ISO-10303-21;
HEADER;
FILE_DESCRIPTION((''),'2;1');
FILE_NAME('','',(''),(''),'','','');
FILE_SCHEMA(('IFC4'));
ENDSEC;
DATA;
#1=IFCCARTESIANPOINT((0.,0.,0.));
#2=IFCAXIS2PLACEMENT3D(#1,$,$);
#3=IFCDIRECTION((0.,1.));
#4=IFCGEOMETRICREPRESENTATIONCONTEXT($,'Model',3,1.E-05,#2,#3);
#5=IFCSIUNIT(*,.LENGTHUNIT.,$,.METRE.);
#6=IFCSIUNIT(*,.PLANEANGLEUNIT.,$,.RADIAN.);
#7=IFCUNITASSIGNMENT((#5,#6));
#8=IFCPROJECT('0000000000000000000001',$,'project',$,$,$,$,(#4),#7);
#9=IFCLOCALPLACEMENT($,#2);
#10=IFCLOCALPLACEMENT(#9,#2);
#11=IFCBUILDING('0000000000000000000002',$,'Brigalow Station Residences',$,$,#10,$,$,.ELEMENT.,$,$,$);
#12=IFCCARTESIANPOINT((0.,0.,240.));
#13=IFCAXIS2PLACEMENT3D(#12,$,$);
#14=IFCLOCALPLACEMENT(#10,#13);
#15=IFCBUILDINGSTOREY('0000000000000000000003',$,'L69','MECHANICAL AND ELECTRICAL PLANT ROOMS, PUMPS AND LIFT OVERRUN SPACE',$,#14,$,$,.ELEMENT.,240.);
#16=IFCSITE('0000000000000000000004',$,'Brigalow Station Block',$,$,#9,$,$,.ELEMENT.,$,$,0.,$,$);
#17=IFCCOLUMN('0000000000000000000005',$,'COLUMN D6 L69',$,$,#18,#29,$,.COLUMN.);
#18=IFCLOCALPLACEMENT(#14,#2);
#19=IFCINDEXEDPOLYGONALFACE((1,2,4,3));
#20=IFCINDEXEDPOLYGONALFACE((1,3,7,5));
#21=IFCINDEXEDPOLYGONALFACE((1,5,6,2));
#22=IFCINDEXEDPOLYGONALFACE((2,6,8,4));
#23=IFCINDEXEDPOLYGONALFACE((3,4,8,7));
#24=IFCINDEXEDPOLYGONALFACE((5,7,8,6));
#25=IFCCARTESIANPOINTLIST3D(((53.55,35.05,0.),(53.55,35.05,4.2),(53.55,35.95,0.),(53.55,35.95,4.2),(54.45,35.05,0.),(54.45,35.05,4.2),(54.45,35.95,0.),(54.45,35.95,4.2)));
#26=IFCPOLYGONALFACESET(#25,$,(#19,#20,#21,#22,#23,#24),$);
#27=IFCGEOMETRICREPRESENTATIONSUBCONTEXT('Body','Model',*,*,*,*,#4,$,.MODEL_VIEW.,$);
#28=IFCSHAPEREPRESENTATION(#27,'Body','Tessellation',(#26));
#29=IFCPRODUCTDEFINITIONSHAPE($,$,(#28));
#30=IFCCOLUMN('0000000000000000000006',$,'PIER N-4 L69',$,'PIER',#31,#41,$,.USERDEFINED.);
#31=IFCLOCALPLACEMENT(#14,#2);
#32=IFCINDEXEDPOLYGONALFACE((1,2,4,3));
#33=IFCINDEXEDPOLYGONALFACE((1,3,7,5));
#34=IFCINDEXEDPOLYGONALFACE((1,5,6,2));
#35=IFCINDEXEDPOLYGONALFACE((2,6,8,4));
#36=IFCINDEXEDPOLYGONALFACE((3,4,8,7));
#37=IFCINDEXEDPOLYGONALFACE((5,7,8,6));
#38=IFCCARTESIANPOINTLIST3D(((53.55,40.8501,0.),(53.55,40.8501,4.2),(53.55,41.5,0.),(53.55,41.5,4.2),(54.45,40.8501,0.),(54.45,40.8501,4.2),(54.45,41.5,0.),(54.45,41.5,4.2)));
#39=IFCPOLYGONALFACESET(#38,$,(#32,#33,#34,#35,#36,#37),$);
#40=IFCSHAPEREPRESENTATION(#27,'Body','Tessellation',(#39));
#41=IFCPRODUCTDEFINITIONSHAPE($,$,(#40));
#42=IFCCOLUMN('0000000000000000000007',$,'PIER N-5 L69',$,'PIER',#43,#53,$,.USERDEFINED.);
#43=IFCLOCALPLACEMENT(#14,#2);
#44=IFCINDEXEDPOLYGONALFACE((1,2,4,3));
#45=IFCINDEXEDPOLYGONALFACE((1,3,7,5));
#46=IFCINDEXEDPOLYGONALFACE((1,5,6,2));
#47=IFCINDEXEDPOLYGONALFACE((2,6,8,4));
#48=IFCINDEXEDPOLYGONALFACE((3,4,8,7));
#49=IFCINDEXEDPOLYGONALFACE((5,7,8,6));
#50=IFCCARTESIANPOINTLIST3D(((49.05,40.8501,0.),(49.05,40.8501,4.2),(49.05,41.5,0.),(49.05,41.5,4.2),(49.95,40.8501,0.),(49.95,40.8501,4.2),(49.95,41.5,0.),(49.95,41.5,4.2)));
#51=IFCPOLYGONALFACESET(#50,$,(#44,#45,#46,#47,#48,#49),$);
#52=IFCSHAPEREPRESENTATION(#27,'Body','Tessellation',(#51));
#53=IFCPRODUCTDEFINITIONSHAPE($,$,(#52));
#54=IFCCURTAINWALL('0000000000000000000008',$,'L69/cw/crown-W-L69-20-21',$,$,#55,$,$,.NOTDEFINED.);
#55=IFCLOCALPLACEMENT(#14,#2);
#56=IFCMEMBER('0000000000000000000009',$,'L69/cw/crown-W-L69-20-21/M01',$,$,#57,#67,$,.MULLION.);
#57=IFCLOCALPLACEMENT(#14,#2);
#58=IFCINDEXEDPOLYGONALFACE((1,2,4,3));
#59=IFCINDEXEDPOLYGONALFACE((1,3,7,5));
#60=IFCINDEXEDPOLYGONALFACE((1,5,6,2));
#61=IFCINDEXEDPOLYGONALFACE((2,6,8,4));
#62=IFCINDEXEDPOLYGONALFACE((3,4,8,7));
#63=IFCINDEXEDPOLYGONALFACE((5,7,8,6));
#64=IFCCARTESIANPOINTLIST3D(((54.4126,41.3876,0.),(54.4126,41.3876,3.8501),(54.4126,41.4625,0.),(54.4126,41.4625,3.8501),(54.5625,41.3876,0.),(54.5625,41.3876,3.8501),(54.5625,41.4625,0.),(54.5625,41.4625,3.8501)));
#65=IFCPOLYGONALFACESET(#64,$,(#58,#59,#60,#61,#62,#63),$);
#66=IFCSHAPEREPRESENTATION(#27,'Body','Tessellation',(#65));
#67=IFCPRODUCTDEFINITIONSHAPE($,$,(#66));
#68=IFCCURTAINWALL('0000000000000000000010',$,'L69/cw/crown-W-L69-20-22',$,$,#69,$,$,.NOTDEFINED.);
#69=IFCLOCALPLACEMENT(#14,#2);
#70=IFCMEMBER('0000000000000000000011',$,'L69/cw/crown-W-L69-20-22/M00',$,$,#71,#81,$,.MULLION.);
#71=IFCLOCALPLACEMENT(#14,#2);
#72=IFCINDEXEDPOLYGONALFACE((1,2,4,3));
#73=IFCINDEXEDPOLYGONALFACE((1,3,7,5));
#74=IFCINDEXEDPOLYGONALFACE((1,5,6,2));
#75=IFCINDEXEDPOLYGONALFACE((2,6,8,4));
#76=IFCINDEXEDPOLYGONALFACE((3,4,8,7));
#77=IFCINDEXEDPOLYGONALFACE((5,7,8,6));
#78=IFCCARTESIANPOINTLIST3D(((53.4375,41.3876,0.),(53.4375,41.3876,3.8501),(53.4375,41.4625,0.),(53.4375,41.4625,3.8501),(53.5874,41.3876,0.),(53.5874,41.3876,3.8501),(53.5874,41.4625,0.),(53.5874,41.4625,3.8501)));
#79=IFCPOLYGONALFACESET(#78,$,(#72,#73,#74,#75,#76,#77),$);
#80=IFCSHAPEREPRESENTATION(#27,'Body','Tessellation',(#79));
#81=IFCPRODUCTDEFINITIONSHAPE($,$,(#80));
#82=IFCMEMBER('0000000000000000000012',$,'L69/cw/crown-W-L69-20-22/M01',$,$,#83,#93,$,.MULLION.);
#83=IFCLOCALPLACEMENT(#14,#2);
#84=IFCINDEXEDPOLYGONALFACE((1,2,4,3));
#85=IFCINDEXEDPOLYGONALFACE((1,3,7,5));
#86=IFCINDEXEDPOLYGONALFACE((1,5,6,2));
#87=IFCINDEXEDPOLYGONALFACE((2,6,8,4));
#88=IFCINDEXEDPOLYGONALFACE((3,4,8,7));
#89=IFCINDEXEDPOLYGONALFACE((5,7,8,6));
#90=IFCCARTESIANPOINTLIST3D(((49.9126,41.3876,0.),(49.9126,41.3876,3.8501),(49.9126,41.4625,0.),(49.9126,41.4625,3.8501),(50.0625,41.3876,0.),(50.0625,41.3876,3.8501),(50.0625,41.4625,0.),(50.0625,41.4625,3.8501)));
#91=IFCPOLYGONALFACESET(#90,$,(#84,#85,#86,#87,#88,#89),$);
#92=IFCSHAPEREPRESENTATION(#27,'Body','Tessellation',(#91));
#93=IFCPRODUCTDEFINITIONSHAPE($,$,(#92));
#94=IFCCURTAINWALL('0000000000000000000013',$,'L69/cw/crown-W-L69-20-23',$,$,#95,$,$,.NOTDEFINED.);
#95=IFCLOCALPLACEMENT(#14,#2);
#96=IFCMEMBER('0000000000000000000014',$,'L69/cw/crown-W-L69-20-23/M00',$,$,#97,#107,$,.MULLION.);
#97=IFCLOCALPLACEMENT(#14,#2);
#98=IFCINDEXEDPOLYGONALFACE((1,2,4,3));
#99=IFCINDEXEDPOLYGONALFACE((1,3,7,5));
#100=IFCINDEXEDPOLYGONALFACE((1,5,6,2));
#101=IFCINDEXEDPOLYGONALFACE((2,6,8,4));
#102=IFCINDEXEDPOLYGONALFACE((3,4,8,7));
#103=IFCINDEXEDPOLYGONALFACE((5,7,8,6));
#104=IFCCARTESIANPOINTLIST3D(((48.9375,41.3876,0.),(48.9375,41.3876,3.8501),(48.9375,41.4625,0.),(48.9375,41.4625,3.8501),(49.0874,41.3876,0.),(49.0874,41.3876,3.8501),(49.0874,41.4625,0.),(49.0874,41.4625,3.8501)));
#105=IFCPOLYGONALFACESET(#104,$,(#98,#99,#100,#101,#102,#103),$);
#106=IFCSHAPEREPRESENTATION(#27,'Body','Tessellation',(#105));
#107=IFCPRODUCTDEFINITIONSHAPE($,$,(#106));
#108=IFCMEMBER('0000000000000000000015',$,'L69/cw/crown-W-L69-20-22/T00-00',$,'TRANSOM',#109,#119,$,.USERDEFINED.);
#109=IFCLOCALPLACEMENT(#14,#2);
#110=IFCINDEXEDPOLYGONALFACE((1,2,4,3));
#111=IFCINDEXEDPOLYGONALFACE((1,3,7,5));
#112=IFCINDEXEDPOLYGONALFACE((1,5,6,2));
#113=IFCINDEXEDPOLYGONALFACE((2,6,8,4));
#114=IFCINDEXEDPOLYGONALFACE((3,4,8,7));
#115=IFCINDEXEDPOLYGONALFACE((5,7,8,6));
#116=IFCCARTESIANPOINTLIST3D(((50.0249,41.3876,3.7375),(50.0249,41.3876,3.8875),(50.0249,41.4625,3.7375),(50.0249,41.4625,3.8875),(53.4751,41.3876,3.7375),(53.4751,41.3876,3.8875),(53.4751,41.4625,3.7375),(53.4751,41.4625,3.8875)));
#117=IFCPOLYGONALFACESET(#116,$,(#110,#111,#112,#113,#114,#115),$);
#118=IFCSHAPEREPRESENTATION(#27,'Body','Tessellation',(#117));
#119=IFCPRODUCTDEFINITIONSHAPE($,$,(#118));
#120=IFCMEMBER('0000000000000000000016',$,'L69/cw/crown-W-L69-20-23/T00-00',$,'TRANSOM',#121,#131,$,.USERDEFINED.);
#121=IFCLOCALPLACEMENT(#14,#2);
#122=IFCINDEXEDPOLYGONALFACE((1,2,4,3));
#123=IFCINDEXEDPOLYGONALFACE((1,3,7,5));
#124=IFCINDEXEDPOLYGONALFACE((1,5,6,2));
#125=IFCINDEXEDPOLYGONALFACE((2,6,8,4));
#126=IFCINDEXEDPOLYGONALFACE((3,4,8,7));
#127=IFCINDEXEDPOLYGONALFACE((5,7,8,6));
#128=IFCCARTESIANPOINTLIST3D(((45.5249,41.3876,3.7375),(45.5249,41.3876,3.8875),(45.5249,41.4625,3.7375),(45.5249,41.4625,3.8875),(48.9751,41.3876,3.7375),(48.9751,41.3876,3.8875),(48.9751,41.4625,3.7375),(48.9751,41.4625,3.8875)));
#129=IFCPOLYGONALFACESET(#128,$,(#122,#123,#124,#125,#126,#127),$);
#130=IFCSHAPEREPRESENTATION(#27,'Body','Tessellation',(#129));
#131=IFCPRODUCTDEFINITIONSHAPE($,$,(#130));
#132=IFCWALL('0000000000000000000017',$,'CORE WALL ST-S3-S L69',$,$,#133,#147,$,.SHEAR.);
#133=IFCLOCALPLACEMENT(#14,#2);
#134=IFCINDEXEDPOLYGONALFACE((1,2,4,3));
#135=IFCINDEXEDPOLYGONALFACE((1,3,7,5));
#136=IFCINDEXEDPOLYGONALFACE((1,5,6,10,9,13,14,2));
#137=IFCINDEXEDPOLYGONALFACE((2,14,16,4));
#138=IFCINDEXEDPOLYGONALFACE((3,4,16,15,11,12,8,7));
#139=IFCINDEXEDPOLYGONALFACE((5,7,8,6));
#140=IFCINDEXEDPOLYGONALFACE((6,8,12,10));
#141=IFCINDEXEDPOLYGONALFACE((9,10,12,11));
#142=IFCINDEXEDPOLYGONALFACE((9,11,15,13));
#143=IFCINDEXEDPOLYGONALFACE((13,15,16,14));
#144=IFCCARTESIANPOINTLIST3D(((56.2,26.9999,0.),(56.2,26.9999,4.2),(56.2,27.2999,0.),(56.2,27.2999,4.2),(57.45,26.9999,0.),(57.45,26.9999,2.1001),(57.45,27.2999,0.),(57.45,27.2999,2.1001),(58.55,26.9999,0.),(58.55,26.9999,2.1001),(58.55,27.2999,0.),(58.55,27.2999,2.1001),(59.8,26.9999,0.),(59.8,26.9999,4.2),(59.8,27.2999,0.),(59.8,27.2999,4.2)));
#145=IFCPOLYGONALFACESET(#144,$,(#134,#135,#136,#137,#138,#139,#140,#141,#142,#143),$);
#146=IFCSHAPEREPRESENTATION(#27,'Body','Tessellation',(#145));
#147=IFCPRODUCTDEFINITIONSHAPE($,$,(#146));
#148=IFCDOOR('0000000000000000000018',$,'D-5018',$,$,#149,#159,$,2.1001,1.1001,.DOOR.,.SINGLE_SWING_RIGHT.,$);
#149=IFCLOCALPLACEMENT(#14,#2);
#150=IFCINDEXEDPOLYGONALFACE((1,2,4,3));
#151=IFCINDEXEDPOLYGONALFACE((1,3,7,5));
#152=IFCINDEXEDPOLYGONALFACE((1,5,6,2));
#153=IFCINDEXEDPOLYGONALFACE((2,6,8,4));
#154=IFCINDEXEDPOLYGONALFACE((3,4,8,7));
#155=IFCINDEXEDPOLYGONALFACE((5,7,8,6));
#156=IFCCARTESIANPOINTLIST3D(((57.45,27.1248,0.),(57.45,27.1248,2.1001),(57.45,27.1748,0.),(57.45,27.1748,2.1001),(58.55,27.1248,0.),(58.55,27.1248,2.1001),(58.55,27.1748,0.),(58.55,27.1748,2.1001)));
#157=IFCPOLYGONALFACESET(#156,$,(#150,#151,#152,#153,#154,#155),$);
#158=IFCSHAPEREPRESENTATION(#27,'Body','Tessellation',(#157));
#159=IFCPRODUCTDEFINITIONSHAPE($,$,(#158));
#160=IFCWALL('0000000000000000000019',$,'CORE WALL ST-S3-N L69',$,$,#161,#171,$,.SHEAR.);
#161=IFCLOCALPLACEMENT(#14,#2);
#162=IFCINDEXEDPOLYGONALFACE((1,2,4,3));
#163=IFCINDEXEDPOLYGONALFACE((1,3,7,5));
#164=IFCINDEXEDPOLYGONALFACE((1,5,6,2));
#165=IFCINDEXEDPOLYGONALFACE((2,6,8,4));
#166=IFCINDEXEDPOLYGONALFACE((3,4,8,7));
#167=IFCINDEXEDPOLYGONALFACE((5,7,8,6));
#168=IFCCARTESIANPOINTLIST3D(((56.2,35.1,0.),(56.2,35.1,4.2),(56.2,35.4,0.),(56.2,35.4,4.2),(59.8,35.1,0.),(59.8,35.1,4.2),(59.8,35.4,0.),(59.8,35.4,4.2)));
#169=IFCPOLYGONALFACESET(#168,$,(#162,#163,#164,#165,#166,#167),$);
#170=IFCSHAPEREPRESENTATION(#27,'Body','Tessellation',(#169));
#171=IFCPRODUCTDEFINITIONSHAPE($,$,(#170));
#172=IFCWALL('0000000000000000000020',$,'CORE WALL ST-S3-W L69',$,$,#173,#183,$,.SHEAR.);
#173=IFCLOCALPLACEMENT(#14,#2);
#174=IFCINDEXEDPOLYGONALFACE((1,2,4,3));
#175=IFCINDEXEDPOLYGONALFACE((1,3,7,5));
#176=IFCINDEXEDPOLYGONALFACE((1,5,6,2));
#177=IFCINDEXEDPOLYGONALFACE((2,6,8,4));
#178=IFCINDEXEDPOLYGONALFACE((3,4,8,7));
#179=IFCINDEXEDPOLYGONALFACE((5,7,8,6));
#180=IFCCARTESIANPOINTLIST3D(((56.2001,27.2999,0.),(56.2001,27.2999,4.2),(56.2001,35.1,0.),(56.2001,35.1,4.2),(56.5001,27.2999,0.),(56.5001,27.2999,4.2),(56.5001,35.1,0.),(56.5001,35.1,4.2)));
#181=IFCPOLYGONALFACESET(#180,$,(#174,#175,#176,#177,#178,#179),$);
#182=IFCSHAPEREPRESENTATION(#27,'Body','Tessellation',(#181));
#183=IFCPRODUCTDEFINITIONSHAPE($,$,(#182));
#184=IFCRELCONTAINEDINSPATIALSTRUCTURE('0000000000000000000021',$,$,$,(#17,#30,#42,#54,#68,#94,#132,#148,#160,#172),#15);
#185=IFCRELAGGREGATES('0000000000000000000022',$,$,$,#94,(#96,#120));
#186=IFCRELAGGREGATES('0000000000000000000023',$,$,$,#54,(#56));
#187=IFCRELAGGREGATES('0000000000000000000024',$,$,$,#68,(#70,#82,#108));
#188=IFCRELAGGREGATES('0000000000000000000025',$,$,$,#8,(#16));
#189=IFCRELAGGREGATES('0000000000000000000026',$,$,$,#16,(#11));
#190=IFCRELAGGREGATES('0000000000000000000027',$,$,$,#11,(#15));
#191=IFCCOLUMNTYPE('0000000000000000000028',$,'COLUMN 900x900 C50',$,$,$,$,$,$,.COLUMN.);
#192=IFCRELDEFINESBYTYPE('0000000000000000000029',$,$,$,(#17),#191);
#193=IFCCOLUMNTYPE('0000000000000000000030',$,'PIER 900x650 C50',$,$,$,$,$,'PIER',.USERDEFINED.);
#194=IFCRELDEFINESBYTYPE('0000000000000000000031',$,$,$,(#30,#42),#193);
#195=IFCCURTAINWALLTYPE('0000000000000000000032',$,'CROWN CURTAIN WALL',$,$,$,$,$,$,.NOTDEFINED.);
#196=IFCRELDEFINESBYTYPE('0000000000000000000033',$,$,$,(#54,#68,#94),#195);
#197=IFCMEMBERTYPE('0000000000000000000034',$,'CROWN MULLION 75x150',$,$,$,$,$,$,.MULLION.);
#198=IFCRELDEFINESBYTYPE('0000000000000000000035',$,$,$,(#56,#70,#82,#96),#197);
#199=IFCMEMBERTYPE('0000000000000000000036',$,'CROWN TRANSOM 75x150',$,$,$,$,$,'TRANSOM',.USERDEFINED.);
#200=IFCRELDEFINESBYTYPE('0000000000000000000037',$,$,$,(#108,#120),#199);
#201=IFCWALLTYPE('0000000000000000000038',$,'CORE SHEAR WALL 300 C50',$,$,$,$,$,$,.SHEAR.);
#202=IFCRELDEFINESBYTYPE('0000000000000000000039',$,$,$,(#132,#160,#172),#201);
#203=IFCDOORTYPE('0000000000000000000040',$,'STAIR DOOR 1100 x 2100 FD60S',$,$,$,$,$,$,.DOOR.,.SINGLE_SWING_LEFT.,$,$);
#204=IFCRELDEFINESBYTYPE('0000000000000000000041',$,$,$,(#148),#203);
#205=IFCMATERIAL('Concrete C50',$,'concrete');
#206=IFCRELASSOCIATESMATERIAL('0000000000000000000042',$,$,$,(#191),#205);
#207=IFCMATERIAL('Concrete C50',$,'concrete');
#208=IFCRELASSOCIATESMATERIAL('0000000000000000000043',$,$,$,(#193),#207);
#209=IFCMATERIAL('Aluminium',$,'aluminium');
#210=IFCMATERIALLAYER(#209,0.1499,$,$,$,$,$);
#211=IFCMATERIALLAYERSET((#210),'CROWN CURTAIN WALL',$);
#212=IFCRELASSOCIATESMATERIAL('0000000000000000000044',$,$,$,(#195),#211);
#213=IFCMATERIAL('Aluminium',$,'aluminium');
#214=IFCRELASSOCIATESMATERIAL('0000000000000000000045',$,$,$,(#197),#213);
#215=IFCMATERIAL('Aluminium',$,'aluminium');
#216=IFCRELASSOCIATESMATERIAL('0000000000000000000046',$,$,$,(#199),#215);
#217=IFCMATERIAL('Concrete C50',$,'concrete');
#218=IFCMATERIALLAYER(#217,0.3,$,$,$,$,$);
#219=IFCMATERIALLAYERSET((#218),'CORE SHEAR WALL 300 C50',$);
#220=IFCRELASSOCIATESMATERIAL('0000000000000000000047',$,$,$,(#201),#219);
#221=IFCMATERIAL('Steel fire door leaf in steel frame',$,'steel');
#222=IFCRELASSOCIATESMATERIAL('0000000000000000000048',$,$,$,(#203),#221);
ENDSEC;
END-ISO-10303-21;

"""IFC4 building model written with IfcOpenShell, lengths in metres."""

from ifc_helpers import new_model, si_unit, direction, frame, frame_2d, origin, origin_2d, place, context, subcontext, project, spatial, rectangle, extrude, material, layer, layer_set, material_profile, profile_set, type_object, element, fill, aggregate, save


model = new_model("IFC4")

# Units and contexts
model_context = context("Model", 3, precision=1e-05, world=origin(), true_north=direction((0.0, 1.0)))
body_context = subcontext(model_context, "Body", "Model", "MODEL_VIEW")
ifc_project = project(units=[si_unit("LENGTHUNIT", "METRE"), si_unit("PLANEANGLEUNIT", "RADIAN")], contexts=[model_context])

# Site, building, storey
site_placement = place(None, origin())
site = spatial("IfcSite", under=ifc_project, at=site_placement, Name="Brigalow Station Block", CompositionType="ELEMENT", RefElevation=0.0)
building_placement = place(site_placement, origin())
building = spatial("IfcBuilding", under=site, at=building_placement, Name="Brigalow Station Residences", CompositionType="ELEMENT")
storey_placement = place(building_placement, frame((0.0, 0.0, 240.0)))
storey = spatial("IfcBuildingStorey", under=building, at=storey_placement, Name="L69", Description="MECHANICAL AND ELECTRICAL PLANT ROOMS, PUMPS AND LIFT OVERRUN SPACE", CompositionType="ELEMENT", Elevation=240.0)

# Columns
ifc_material_1 = material(Name="Concrete C50", Category="concrete")
ifc_material_profile_1 = material_profile(ifc_material_1, rectangle(XDim=0.8999, YDim=0.8999, at=origin_2d()), Name="RC900x900")
ifc_profile_set_1 = profile_set([ifc_material_profile_1], Name="Concrete C50")
column_type_1 = type_object("IfcColumnType", Name="COLUMN 900x900 C50", PredefinedType="COLUMN", material=ifc_profile_set_1)
column_placement = place(storey_placement, frame((54.0, 35.5, 0.0), z_axis=(0.0, 0.0, 1.0), x_axis=(1.0, 0.0, 0.0)))
element("IfcColumn", 1, at=column_placement, inside=storey, type_object=column_type_1, Name="COLUMN D6 L69", PredefinedType="COLUMN", context=body_context, shape_type="SweptSolid", body=[
    extrude(rectangle(XDim=0.8999, YDim=0.8999, at=origin_2d()), origin(), (0.0, 0.0, 1.0), 4.2),
])
ifc_material_2 = material(Name="Concrete C50", Category="concrete")
ifc_material_profile_2 = material_profile(ifc_material_2, rectangle(XDim=0.8999, YDim=0.6499, at=origin_2d()), Name="RC900x650")
ifc_profile_set_2 = profile_set([ifc_material_profile_2], Name="Concrete C50")
column_type_2 = type_object("IfcColumnType", Name="PIER 900x650 C50", ElementType="PIER", PredefinedType="USERDEFINED", material=ifc_profile_set_2)
for number, where, z_axis, x_axis, name in (
    (2, (54.0, 41.175, 0.0), (0.0, 0.0, 1.0), (-1.0, 0.0, 0.0), "PIER N-4 L69"),
    (3, (49.5, 41.175, 0.0), (0.0, 0.0, 1.0), (-1.0, 0.0, 0.0), "PIER N-5 L69"),
):
    element("IfcColumn", number, at=place(storey_placement, frame(where, z_axis=z_axis, x_axis=x_axis)), inside=storey, type_object=column_type_2, Name=name, ObjectType="PIER", PredefinedType="USERDEFINED", context=body_context, shape_type="SweptSolid", body=[
        extrude(rectangle(XDim=0.8999, YDim=0.6499, at=origin_2d()), origin(), (0.0, 0.0, 1.0), 4.2),
    ])

# Curtain wall, member
ifc_material_3 = material(Name="Aluminium", Category="aluminium")
ifc_layer_1 = layer(ifc_material_3, 0.1499)
ifc_layer_set_1 = layer_set([ifc_layer_1], Name="CROWN CURTAIN WALL")
curtain_wall_type = type_object("IfcCurtainWallType", Name="CROWN CURTAIN WALL", PredefinedType="NOTDEFINED", material=ifc_layer_set_1)
curtain_wall_1_placement = place(storey_placement, origin())
curtain_wall_1 = element("IfcCurtainWall", 4, at=curtain_wall_1_placement, inside=storey, type_object=curtain_wall_type, Name="L69/cw/crown-W-L69-20-21", PredefinedType="NOTDEFINED")
ifc_material_4 = material(Name="Aluminium", Category="aluminium")
ifc_material_profile_3 = material_profile(ifc_material_4, rectangle(XDim=0.075, YDim=0.1499, at=origin_2d()), Name="CROWN MULLION 75x150")
ifc_profile_set_3 = profile_set([ifc_material_profile_3], Name="Aluminium")
member_type_1 = type_object("IfcMemberType", Name="CROWN MULLION 75x150", PredefinedType="MULLION", material=ifc_profile_set_3)
member_1_placement = place(storey_placement, frame((54.4875, 41.425, 0.0), z_axis=(0.0, 0.0, 1.0), x_axis=(0.0, -1.0, 0.0)))
member_1 = element("IfcMember", 5, at=member_1_placement, type_object=member_type_1, Name="L69/cw/crown-W-L69-20-21/M01", PredefinedType="MULLION", context=body_context, shape_type="SweptSolid", body=[
    extrude(rectangle(XDim=0.075, YDim=0.1499, at=origin_2d()), origin(), (0.0, 0.0, 1.0), 3.8501),
])

# Curtain wall, members
curtain_wall_2_placement = place(storey_placement, origin())
curtain_wall_2 = element("IfcCurtainWall", 6, at=curtain_wall_2_placement, inside=storey, type_object=curtain_wall_type, Name="L69/cw/crown-W-L69-20-22", PredefinedType="NOTDEFINED")
member_2_placement = place(storey_placement, frame((53.5125, 41.425, 0.0), z_axis=(0.0, 0.0, 1.0), x_axis=(0.0, -1.0, 0.0)))
member_2 = element("IfcMember", 7, at=member_2_placement, type_object=member_type_1, Name="L69/cw/crown-W-L69-20-22/M00", PredefinedType="MULLION", context=body_context, shape_type="SweptSolid", body=[
    extrude(rectangle(XDim=0.075, YDim=0.1499, at=origin_2d()), origin(), (0.0, 0.0, 1.0), 3.8501),
])
member_3_placement = place(storey_placement, frame((49.9875, 41.425, 0.0), z_axis=(0.0, 0.0, 1.0), x_axis=(0.0, -1.0, 0.0)))
member_3 = element("IfcMember", 8, at=member_3_placement, type_object=member_type_1, Name="L69/cw/crown-W-L69-20-22/M01", PredefinedType="MULLION", context=body_context, shape_type="SweptSolid", body=[
    extrude(rectangle(XDim=0.075, YDim=0.1499, at=origin_2d()), origin(), (0.0, 0.0, 1.0), 3.8501),
])

# Curtain wall, member
curtain_wall_3_placement = place(storey_placement, origin())
curtain_wall_3 = element("IfcCurtainWall", 9, at=curtain_wall_3_placement, inside=storey, type_object=curtain_wall_type, Name="L69/cw/crown-W-L69-20-23", PredefinedType="NOTDEFINED")
member_4_placement = place(storey_placement, frame((49.0125, 41.425, 0.0), z_axis=(0.0, 0.0, 1.0), x_axis=(0.0, -1.0, 0.0)))
member_4 = element("IfcMember", 10, at=member_4_placement, type_object=member_type_1, Name="L69/cw/crown-W-L69-20-23/M00", PredefinedType="MULLION", context=body_context, shape_type="SweptSolid", body=[
    extrude(rectangle(XDim=0.075, YDim=0.1499, at=origin_2d()), origin(), (0.0, 0.0, 1.0), 3.8501),
])

# Members
ifc_material_5 = material(Name="Aluminium", Category="aluminium")
ifc_material_profile_4 = material_profile(ifc_material_5, rectangle(XDim=0.075, YDim=0.1499, at=origin_2d()), Name="CROWN TRANSOM 75x150")
ifc_profile_set_4 = profile_set([ifc_material_profile_4], Name="Aluminium")
member_type_2 = type_object("IfcMemberType", Name="CROWN TRANSOM 75x150", ElementType="TRANSOM", PredefinedType="USERDEFINED", material=ifc_profile_set_4)
member_5_placement = place(storey_placement, frame((53.4751, 41.425, 3.8125), z_axis=(-1.0, 0.0, 0.0), x_axis=(0.0, -1.0, 0.0)))
member_5 = element("IfcMember", 11, at=member_5_placement, type_object=member_type_2, Name="L69/cw/crown-W-L69-20-22/T00-00", ObjectType="TRANSOM", PredefinedType="USERDEFINED", context=body_context, shape_type="SweptSolid", body=[
    extrude(rectangle(XDim=0.075, YDim=0.1499, at=origin_2d()), origin(), (0.0, 0.0, 1.0), 3.4502),
])
member_6_placement = place(storey_placement, frame((48.9751, 41.425, 3.8125), z_axis=(-1.0, 0.0, 0.0), x_axis=(0.0, -1.0, 0.0)))
member_6 = element("IfcMember", 12, at=member_6_placement, type_object=member_type_2, Name="L69/cw/crown-W-L69-20-23/T00-00", ObjectType="TRANSOM", PredefinedType="USERDEFINED", context=body_context, shape_type="SweptSolid", body=[
    extrude(rectangle(XDim=0.075, YDim=0.1499, at=origin_2d()), origin(), (0.0, 0.0, 1.0), 3.4502),
])
aggregate(curtain_wall_3, [member_4, member_6])

# Wall, opening, door
ifc_material_6 = material(Name="Concrete C50", Category="concrete")
ifc_layer_2 = layer(ifc_material_6, 0.3)
ifc_layer_set_2 = layer_set([ifc_layer_2], Name="CORE SHEAR WALL 300 C50")
wall_type_1 = type_object("IfcWallType", Name="CORE SHEAR WALL 300 C50", PredefinedType="SHEAR", material=ifc_layer_set_2)
wall_1_placement = place(storey_placement, frame((56.2, 27.1499, 0.0), z_axis=(0.0, 0.0, 1.0), x_axis=(1.0, 0.0, 0.0)))
wall_1 = element("IfcWall", 13, at=wall_1_placement, inside=storey, type_object=wall_type_1, Name="CORE WALL ST-S3-S L69", PredefinedType="SHEAR", context=body_context, shape_type="SweptSolid", body=[
    extrude(rectangle(XDim=3.6001, YDim=0.3, at=frame_2d((1.8, 0.0))), origin(), (0.0, 0.0, 1.0), 4.2),
])
opening_1_placement = place(wall_1_placement, frame((1.25, 0.0, 0.0)))
opening_1 = element("IfcOpeningElement", 14, at=opening_1_placement, cuts=wall_1, PredefinedType="OPENING", context=body_context, shape_type="SweptSolid", body=[
    extrude(rectangle(XDim=1.1001, YDim=2.1001, at=frame_2d((0.55, 1.05))), frame((0.0, 0.1602, 0.0), z_axis=(0.0, -1.0, 0.0), x_axis=(1.0, 0.0, 0.0)), (0.0, 0.0, 1.0), 0.3201),
])
ifc_material_7 = material(Name="Steel fire door leaf in steel frame", Category="steel")
door_type_1 = type_object("IfcDoorType", Name="STAIR DOOR 1100 x 2100 FD60S", OperationType="SINGLE_SWING_LEFT", PredefinedType="DOOR", material=ifc_material_7)
door_1_placement = place(opening_1_placement, origin())
door_1 = element("IfcDoor", 15, at=door_1_placement, inside=storey, type_object=door_type_1, Name="D-5018", OperationType="SINGLE_SWING_RIGHT", OverallHeight=2.1001, OverallWidth=1.1001, PredefinedType="DOOR", context=body_context, shape_type="SweptSolid", body=[
    extrude(rectangle(XDim=1.1001, YDim=2.1001, at=frame_2d((0.55, 1.05))), frame((0.0, 0.0249, 0.0), z_axis=(0.0, -1.0, 0.0), x_axis=(1.0, 0.0, 0.0)), (0.0, 0.0, 1.0), 0.05),
])
fill(opening_1, door_1)

# Walls
wall_2_placement = place(storey_placement, frame((56.2, 35.25, 0.0), z_axis=(0.0, 0.0, 1.0), x_axis=(1.0, 0.0, 0.0)))
element("IfcWall", 16, at=wall_2_placement, inside=storey, type_object=wall_type_1, Name="CORE WALL ST-S3-N L69", PredefinedType="SHEAR", context=body_context, shape_type="SweptSolid", body=[
    extrude(rectangle(XDim=3.6001, YDim=0.3, at=frame_2d((1.8, 0.0))), origin(), (0.0, 0.0, 1.0), 4.2),
])
wall_3_placement = place(storey_placement, frame((56.3501, 27.3, 0.0), z_axis=(0.0, 0.0, 1.0), x_axis=(0.0, 1.0, 0.0)))
element("IfcWall", 17, at=wall_3_placement, inside=storey, type_object=wall_type_1, Name="CORE WALL ST-S3-W L69", PredefinedType="SHEAR", context=body_context, shape_type="SweptSolid", body=[
    extrude(rectangle(XDim=7.8, YDim=0.3, at=frame_2d((3.8999, 0.0))), origin(), (0.0, 0.0, 1.0), 4.2),
])

aggregate(curtain_wall_1, [member_1])
aggregate(curtain_wall_2, [member_2, member_3, member_5])

save(model, "model.ifc")
